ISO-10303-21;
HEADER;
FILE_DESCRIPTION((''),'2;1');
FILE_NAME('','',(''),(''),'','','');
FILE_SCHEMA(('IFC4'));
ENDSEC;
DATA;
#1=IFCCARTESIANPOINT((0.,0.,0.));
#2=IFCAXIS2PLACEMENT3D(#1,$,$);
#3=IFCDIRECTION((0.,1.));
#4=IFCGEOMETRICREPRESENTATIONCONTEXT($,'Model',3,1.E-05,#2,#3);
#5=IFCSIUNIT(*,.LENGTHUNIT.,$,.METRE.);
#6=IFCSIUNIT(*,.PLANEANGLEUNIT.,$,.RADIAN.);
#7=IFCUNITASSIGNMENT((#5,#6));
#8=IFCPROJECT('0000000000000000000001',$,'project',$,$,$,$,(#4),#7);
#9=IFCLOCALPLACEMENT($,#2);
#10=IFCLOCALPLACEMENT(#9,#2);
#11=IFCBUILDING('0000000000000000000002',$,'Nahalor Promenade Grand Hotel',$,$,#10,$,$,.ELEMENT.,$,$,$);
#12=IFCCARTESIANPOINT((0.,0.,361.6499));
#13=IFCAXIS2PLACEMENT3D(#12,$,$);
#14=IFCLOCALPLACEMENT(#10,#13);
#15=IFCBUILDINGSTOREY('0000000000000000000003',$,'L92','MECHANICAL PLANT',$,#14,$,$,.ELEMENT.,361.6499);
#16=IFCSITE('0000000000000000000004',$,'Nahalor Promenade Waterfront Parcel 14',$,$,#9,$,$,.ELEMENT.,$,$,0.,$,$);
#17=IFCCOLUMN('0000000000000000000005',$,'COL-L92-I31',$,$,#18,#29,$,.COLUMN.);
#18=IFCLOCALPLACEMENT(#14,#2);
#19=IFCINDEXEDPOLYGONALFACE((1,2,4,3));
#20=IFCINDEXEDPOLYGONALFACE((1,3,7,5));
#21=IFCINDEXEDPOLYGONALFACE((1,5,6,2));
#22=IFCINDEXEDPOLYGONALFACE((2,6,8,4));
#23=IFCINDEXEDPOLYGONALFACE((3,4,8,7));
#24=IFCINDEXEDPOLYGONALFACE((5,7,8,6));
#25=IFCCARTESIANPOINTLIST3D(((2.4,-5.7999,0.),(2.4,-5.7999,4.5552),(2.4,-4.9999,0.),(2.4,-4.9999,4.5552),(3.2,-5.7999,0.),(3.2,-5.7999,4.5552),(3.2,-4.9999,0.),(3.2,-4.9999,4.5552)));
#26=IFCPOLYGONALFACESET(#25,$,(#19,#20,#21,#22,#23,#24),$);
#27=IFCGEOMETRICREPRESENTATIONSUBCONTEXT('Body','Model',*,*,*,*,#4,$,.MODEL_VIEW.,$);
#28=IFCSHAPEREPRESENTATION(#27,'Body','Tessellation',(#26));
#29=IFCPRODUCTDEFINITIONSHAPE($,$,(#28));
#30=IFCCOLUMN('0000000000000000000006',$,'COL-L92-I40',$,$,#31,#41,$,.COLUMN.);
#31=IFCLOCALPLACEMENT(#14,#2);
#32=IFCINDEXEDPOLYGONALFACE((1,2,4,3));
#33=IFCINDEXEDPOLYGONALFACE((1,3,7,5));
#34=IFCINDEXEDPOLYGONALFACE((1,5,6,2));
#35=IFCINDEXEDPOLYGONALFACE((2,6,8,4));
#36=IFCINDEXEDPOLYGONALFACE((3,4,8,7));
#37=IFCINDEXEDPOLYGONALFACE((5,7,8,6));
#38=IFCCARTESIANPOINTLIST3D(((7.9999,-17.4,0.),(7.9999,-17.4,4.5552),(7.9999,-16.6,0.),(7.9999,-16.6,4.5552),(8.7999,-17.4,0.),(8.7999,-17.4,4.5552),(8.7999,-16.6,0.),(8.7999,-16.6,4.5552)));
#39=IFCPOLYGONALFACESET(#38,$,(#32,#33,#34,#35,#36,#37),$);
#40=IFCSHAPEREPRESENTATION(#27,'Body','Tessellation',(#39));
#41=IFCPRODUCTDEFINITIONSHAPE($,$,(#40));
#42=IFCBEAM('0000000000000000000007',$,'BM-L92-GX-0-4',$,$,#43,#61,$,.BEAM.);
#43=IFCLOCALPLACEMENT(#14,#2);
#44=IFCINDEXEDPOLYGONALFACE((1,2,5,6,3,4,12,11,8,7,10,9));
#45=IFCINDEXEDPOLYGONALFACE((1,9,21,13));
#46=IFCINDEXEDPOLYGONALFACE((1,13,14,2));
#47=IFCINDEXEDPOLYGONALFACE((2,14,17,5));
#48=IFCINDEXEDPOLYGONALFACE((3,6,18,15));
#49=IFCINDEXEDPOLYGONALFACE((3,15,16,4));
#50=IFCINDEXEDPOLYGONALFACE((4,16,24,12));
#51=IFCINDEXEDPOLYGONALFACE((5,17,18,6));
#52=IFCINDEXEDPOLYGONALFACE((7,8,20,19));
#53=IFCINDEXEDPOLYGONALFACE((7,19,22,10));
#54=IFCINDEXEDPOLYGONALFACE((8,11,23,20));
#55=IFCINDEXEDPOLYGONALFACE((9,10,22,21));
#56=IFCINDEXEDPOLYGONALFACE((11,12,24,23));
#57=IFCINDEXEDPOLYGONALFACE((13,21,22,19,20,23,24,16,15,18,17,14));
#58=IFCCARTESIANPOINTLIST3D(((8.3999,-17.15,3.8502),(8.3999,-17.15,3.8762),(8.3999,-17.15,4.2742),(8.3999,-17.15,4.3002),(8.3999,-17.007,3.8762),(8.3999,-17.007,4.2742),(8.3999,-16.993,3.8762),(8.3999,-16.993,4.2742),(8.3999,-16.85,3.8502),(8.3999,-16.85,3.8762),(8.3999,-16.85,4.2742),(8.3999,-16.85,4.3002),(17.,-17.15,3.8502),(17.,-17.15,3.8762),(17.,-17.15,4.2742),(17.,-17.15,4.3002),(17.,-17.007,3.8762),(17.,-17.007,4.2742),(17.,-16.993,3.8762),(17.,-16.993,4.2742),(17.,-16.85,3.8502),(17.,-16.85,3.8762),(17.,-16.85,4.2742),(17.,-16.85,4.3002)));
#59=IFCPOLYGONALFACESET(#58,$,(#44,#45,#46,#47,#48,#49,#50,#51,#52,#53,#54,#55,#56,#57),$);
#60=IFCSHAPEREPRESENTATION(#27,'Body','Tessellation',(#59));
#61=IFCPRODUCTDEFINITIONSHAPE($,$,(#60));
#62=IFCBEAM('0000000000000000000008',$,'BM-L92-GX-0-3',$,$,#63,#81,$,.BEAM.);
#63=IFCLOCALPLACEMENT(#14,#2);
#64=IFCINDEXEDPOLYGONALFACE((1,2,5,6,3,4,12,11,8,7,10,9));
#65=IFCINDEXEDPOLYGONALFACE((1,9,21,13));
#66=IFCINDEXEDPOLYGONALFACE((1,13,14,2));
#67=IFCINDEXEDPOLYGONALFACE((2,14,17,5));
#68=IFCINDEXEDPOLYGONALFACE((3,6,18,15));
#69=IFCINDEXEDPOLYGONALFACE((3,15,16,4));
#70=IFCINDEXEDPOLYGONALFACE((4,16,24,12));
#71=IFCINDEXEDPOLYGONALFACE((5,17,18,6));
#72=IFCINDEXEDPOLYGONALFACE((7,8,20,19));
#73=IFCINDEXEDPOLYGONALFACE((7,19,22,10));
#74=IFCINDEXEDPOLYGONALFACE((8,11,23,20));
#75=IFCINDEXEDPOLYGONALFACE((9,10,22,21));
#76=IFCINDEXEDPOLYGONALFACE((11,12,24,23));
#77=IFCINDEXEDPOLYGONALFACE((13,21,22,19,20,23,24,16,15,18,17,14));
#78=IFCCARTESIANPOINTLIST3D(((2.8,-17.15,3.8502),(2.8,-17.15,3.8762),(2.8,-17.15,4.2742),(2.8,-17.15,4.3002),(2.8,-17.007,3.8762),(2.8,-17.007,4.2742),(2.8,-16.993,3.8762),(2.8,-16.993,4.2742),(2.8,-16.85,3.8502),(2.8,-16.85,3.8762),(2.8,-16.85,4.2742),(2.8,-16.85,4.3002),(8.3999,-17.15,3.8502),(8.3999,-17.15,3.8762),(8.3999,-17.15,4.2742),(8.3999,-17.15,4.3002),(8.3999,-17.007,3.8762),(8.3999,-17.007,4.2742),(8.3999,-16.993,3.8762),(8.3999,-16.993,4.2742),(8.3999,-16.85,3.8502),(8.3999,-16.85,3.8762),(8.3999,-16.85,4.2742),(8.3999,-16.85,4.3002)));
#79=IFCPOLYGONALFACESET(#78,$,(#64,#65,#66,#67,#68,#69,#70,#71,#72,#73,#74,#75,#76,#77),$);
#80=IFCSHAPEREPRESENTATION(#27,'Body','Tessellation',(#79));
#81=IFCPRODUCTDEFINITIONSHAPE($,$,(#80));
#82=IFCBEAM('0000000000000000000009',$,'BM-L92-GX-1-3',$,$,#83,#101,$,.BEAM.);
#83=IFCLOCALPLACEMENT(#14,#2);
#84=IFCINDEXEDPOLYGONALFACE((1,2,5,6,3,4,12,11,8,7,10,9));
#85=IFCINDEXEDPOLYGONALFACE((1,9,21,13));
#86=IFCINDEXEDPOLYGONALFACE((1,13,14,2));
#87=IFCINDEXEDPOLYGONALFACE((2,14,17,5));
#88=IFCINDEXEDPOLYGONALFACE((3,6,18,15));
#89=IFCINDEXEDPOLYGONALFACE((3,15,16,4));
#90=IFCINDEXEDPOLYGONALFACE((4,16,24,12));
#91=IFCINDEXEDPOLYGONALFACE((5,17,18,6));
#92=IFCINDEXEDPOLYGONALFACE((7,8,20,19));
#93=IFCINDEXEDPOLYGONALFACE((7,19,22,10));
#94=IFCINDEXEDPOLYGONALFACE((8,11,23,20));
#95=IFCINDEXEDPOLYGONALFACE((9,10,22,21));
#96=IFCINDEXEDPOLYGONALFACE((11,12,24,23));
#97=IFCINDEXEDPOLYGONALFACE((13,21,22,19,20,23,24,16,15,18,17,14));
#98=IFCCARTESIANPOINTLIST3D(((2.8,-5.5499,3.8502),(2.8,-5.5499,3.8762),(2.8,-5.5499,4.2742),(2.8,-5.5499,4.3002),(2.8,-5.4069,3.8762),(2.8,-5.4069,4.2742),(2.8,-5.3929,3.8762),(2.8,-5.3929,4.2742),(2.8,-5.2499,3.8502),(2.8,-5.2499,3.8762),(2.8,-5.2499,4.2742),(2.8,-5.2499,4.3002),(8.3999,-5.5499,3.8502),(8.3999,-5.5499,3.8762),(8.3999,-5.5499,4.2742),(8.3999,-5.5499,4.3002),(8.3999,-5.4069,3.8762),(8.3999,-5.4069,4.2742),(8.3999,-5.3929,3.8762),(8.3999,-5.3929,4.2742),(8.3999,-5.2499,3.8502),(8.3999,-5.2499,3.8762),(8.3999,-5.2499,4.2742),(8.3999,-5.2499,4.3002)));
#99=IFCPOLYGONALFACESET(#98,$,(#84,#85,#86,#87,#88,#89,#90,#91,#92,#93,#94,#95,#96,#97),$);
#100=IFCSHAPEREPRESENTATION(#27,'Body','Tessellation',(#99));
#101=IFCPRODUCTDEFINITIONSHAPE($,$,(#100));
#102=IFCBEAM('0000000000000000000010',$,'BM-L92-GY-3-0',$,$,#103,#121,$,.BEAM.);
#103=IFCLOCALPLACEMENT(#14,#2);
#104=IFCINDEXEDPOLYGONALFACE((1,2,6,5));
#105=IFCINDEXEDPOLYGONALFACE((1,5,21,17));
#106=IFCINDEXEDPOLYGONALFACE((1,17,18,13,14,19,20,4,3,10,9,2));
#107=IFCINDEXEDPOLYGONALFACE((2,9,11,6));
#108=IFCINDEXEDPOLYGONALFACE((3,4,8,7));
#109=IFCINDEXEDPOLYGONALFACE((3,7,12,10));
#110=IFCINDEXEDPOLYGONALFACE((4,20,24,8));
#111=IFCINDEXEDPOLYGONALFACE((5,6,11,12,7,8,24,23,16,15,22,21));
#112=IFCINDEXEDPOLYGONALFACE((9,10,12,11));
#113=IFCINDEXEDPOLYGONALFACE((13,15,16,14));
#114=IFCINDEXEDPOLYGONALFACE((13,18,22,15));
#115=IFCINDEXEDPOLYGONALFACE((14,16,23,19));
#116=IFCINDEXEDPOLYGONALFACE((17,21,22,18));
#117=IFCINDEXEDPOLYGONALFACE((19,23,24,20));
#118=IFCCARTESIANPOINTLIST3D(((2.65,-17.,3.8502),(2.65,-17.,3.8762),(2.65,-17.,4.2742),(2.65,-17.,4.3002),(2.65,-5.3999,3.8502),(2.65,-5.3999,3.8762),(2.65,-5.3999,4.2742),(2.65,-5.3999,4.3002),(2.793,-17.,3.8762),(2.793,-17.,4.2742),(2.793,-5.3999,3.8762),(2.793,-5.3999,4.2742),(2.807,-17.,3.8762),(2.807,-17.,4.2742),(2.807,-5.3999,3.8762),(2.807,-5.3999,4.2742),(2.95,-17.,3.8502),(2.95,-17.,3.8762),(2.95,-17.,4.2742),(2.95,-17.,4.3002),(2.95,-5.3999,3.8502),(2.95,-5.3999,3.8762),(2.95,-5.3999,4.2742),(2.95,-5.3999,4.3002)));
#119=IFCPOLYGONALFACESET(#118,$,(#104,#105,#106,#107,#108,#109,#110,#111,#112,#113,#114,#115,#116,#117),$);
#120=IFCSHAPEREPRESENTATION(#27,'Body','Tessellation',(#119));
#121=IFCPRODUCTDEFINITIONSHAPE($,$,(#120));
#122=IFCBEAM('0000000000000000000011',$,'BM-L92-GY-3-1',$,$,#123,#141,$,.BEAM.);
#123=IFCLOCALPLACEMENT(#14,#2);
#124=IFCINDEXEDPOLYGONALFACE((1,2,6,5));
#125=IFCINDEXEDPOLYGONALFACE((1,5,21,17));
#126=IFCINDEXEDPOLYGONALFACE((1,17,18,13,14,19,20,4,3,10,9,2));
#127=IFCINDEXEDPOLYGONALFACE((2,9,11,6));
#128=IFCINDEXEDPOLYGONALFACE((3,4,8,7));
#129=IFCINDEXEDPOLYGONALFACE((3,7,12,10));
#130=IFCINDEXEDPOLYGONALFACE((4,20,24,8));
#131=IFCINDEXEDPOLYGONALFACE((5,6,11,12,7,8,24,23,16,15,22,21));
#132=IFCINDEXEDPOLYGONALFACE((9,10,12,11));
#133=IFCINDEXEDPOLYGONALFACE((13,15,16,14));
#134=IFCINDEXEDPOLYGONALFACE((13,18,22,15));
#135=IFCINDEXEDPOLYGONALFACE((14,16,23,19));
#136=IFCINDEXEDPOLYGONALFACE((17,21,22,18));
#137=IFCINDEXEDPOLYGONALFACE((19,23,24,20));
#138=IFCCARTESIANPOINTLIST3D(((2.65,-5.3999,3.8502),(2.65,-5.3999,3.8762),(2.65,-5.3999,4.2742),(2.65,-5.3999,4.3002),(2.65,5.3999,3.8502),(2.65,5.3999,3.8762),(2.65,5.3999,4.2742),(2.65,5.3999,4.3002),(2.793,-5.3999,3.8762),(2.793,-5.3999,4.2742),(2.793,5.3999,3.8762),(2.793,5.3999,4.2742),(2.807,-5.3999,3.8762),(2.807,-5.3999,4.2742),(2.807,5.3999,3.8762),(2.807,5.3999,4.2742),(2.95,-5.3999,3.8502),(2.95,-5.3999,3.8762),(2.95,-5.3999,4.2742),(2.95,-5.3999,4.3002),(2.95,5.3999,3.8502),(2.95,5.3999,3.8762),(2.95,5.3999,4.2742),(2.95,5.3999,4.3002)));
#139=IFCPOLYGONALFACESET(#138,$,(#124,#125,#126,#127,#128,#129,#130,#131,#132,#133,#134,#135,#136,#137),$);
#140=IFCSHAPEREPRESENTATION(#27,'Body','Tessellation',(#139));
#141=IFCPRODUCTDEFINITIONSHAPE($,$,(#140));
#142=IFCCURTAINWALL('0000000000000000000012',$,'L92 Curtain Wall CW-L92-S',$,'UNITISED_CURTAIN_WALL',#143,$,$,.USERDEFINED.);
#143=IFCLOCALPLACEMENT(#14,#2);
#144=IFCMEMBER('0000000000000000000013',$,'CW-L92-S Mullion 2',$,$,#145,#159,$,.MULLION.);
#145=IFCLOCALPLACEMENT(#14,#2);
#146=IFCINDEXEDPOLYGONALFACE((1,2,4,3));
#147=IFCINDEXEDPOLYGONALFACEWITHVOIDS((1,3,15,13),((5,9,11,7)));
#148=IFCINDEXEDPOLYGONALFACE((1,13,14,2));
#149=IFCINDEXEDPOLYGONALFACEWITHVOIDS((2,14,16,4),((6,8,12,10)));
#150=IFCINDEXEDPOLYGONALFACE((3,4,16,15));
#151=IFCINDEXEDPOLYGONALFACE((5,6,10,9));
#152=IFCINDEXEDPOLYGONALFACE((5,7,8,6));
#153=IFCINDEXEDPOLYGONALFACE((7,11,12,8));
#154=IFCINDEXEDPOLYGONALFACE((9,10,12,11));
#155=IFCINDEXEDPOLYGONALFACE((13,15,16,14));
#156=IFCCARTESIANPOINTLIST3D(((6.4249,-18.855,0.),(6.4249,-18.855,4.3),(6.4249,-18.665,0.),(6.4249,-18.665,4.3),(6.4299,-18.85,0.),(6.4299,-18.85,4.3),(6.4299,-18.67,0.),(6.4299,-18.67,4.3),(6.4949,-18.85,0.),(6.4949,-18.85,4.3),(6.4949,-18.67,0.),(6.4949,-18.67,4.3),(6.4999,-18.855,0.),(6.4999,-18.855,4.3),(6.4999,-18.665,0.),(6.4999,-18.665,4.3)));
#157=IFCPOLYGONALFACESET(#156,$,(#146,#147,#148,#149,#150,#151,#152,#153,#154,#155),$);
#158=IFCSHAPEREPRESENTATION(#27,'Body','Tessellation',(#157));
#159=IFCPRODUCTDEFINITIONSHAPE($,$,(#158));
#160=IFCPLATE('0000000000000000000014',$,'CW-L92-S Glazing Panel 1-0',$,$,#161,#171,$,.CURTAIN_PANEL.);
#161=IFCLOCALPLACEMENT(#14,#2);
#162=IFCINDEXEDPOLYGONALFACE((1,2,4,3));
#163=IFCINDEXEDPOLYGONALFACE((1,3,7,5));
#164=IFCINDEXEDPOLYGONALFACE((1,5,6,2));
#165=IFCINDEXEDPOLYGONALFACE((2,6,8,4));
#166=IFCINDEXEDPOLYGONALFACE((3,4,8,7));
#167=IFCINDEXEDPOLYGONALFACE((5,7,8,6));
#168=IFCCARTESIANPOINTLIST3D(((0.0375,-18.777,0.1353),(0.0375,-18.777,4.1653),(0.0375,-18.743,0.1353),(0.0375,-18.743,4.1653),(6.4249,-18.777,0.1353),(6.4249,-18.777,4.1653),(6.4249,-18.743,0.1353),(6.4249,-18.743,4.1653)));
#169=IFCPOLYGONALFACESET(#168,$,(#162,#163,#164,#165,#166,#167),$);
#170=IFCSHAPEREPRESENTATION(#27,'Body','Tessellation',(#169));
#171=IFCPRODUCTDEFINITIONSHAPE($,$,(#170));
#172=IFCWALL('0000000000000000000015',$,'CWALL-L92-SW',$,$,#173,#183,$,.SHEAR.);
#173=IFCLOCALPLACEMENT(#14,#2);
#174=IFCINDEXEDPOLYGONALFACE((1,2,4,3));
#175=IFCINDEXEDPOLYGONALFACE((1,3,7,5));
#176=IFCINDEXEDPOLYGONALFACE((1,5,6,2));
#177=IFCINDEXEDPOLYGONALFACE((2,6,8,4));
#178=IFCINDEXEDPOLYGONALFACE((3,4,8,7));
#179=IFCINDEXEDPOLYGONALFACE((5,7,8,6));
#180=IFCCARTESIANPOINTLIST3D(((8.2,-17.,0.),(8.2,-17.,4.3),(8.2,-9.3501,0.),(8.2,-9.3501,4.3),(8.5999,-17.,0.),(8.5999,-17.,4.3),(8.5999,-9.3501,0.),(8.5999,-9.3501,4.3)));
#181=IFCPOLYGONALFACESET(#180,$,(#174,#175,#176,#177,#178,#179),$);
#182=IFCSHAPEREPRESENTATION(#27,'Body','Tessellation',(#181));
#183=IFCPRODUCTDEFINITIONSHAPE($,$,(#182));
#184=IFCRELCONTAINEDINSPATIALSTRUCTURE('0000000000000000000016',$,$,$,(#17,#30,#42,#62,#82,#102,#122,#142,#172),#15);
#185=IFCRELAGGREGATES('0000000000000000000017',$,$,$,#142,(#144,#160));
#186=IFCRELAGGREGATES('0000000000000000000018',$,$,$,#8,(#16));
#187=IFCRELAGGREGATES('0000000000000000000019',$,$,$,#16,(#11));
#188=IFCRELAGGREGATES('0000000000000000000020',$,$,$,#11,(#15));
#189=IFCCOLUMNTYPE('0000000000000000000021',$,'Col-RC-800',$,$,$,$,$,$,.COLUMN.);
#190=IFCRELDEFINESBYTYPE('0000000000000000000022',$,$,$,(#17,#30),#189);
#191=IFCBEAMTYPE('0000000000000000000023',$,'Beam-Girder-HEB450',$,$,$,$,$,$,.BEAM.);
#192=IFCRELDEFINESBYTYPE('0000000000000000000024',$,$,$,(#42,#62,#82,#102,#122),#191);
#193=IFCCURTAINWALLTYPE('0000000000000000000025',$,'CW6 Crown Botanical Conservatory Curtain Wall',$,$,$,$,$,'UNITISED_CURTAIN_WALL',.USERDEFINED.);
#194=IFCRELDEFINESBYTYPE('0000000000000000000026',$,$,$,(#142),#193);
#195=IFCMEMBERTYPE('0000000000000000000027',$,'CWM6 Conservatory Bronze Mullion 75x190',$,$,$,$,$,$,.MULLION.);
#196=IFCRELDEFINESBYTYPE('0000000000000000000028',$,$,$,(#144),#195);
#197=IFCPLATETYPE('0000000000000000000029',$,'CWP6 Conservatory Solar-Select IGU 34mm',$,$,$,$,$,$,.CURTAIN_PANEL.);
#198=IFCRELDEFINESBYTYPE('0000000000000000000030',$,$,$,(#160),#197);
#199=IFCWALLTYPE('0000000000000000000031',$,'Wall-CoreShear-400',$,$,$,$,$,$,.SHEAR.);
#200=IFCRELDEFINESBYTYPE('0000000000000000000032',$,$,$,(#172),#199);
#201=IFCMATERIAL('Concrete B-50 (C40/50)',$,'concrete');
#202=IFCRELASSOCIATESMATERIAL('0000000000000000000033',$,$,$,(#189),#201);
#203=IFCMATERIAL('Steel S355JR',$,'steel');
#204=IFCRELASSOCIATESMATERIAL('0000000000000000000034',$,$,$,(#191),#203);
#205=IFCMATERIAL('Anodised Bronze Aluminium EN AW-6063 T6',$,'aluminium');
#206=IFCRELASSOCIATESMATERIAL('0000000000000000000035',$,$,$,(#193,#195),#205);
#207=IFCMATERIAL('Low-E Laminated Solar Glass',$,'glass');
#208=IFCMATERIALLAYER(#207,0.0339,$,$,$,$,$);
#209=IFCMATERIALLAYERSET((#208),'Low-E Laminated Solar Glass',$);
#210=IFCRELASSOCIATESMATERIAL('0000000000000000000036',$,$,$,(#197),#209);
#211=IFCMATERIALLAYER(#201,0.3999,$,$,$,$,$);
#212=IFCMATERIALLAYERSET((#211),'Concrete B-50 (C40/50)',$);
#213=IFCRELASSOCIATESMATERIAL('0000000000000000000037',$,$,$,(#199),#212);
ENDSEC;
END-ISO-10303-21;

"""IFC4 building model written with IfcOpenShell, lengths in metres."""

from ifc_helpers import new_model, si_unit, direction, frame, frame_2d, origin, origin_2d, place, context, subcontext, project, spatial, rectangle, hollow_rectangle, i_section, extrude, source, transform, mapped, material, layer, layer_set, material_profile, profile_set, type_object, element, aggregate, save


model = new_model("IFC4")

# Units and contexts
model_context = context("Model", 3, precision=1e-05, world=origin(), true_north=direction((0.0, 1.0)))
body_context = subcontext(model_context, "Body", "Model", "MODEL_VIEW")
ifc_project = project(units=[si_unit("LENGTHUNIT", "METRE"), si_unit("PLANEANGLEUNIT", "RADIAN")], contexts=[model_context])

# Site, building, storey
site_placement = place(None, origin())
site = spatial("IfcSite", under=ifc_project, at=site_placement, Name="Nahalor Promenade Waterfront Parcel 14", CompositionType="ELEMENT", RefElevation=0.0)
building_placement = place(site_placement, origin())
building = spatial("IfcBuilding", under=site, at=building_placement, Name="Nahalor Promenade Grand Hotel", CompositionType="ELEMENT")
storey_placement = place(building_placement, frame((0.0, 0.0, 361.6499)))
storey = spatial("IfcBuildingStorey", under=building, at=storey_placement, Name="L92", Description="MECHANICAL PLANT", CompositionType="ELEMENT", Elevation=361.6499)

# Columns
ifc_material_1 = material(Name="Concrete B-50 (C40/50)", Category="concrete")
ifc_material_profile_1 = material_profile(ifc_material_1, rectangle(XDim=0.8, YDim=0.8, at=origin_2d()), Name="RC 800x800")
ifc_profile_set_1 = profile_set([ifc_material_profile_1], Name="Concrete B-50 (C40/50)")
column_type = type_object("IfcColumnType", Name="Col-RC-800", PredefinedType="COLUMN", material=ifc_profile_set_1)
shared_shape_1 = source(origin(), body_context, "Body", "SweptSolid", [
    extrude(rectangle(XDim=0.8, YDim=0.8, at=origin_2d()), origin(), (0.0, 0.0, 1.0), 4.5552),
])
for number, where, z_axis, x_axis, name in (
    (1, (2.8, -5.3999, 0.0), (0.0, 0.0, 1.0), (1.0, 0.0, 0.0), "COL-L92-I31"),
    (2, (8.3999, -17.0, 0.0), (0.0, 0.0, 1.0), (1.0, 0.0, 0.0), "COL-L92-I40"),
):
    element("IfcColumn", number, at=place(storey_placement, frame(where, z_axis=z_axis, x_axis=x_axis)), inside=storey, type_object=column_type, Name=name, PredefinedType="COLUMN", context=body_context, shape_type="MappedRepresentation", body=[
        mapped(shared_shape_1, transform((0.0, 0.0, 0.0), scale=1.0)),
    ])

# Beams
ifc_material_2 = material(Name="Steel S355JR", Category="steel")
ifc_material_profile_2 = material_profile(ifc_material_2, i_section(OverallWidth=0.3, OverallDepth=0.45, WebThickness=0.014, FlangeThickness=0.026, at=origin_2d()), Name="HEB 450")
ifc_profile_set_2 = profile_set([ifc_material_profile_2], Name="Steel S355JR")
beam_type = type_object("IfcBeamType", Name="Beam-Girder-HEB450", PredefinedType="BEAM", material=ifc_profile_set_2)
shared_shape_2 = source(origin(), body_context, "Body", "SweptSolid", [
    extrude(i_section(OverallWidth=0.3, OverallDepth=0.45, WebThickness=0.014, FlangeThickness=0.026, at=origin_2d()), origin(), (0.0, 0.0, 1.0), 8.6001),
])
beam_1_placement = place(storey_placement, frame((8.3999, -17.0, 4.0752), z_axis=(1.0, 0.0, 0.0), x_axis=(0.0, 1.0, 0.0)))
element("IfcBeam", 3, at=beam_1_placement, inside=storey, type_object=beam_type, Name="BM-L92-GX-0-4", PredefinedType="BEAM", context=body_context, shape_type="MappedRepresentation", body=[
    mapped(shared_shape_2, transform((0.0, 0.0, 0.0), scale=1.0)),
])
shared_shape_3 = source(origin(), body_context, "Body", "SweptSolid", [
    extrude(i_section(OverallWidth=0.3, OverallDepth=0.45, WebThickness=0.014, FlangeThickness=0.026, at=origin_2d()), origin(), (0.0, 0.0, 1.0), 5.5999),
])
for number, where, z_axis, x_axis, name in (
    (4, (2.8, -17.0, 4.0752), (1.0, 0.0, 0.0), (0.0, 1.0, 0.0), "BM-L92-GX-0-3"),
    (5, (2.8, -5.3999, 4.0752), (1.0, 0.0, 0.0), (0.0, 1.0, 0.0), "BM-L92-GX-1-3"),
):
    element("IfcBeam", number, at=place(storey_placement, frame(where, z_axis=z_axis, x_axis=x_axis)), inside=storey, type_object=beam_type, Name=name, PredefinedType="BEAM", context=body_context, shape_type="MappedRepresentation", body=[
        mapped(shared_shape_3, transform((0.0, 0.0, 0.0), scale=1.0)),
    ])
shared_shape_4 = source(origin(), body_context, "Body", "SweptSolid", [
    extrude(i_section(OverallWidth=0.3, OverallDepth=0.45, WebThickness=0.014, FlangeThickness=0.026, at=origin_2d()), origin(), (0.0, 0.0, 1.0), 11.6001),
])
beam_2_placement = place(storey_placement, frame((2.8, -17.0, 4.0752), z_axis=(0.0, 1.0, 0.0), x_axis=(-1.0, 0.0, 0.0)))
element("IfcBeam", 6, at=beam_2_placement, inside=storey, type_object=beam_type, Name="BM-L92-GY-3-0", PredefinedType="BEAM", context=body_context, shape_type="MappedRepresentation", body=[
    mapped(shared_shape_4, transform((0.0, 0.0, 0.0), scale=1.0)),
])
shared_shape_5 = source(origin(), body_context, "Body", "SweptSolid", [
    extrude(i_section(OverallWidth=0.3, OverallDepth=0.45, WebThickness=0.014, FlangeThickness=0.026, at=origin_2d()), origin(), (0.0, 0.0, 1.0), 10.7998),
])
beam_3_placement = place(storey_placement, frame((2.8, -5.3999, 4.0752), z_axis=(0.0, 1.0, 0.0), x_axis=(-1.0, 0.0, 0.0)))
element("IfcBeam", 7, at=beam_3_placement, inside=storey, type_object=beam_type, Name="BM-L92-GY-3-1", PredefinedType="BEAM", context=body_context, shape_type="MappedRepresentation", body=[
    mapped(shared_shape_5, transform((0.0, 0.0, 0.0), scale=1.0)),
])

# Curtain wall, member, plate
ifc_material_3 = material(Name="Anodised Bronze Aluminium EN AW-6063 T6", Category="aluminium")
curtain_wall_type = type_object("IfcCurtainWallType", Name="CW6 Crown Botanical Conservatory Curtain Wall", ElementType="UNITISED_CURTAIN_WALL", PredefinedType="USERDEFINED", material=ifc_material_3)
curtain_wall_placement = place(storey_placement, origin())
curtain_wall = element("IfcCurtainWall", 8, at=curtain_wall_placement, inside=storey, type_object=curtain_wall_type, Name="L92 Curtain Wall CW-L92-S", ObjectType="UNITISED_CURTAIN_WALL", PredefinedType="USERDEFINED")
ifc_material_profile_3 = material_profile(ifc_material_3, hollow_rectangle(XDim=0.075, YDim=0.19, WallThickness=0.005, at=origin_2d()), Name="CWM 75x190x5")
ifc_profile_set_3 = profile_set([ifc_material_profile_3], Name="Anodised Bronze Aluminium EN AW-6063 T6")
member_type = type_object("IfcMemberType", Name="CWM6 Conservatory Bronze Mullion 75x190", PredefinedType="MULLION", material=ifc_profile_set_3)
shared_shape_6 = source(origin(), body_context, "Body", "SweptSolid", [
    extrude(hollow_rectangle(XDim=0.075, YDim=0.19, WallThickness=0.005, at=origin_2d()), origin(), (0.0, 0.0, 1.0), 4.3),
])
member_placement = place(storey_placement, frame((6.4624, -18.76, 0.0), z_axis=(0.0, 0.0, 1.0), x_axis=(1.0, 0.0, 0.0)))
member = element("IfcMember", 9, at=member_placement, type_object=member_type, Name="CW-L92-S Mullion 2", PredefinedType="MULLION", context=body_context, shape_type="MappedRepresentation", body=[
    mapped(shared_shape_6, transform((0.0, 0.0, 0.0), scale=1.0)),
])
ifc_material_4 = material(Name="Low-E Laminated Solar Glass", Category="glass")
ifc_layer_1 = layer(ifc_material_4, 0.0339)
ifc_layer_set_1 = layer_set([ifc_layer_1], Name="Low-E Laminated Solar Glass")
plate_type = type_object("IfcPlateType", Name="CWP6 Conservatory Solar-Select IGU 34mm", PredefinedType="CURTAIN_PANEL", material=ifc_layer_set_1)
shared_shape_7 = source(origin(), body_context, "Body", "SweptSolid", [
    extrude(rectangle(XDim=6.3875, YDim=0.0339, at=origin_2d()), origin(), (0.0, 0.0, 1.0), 4.03),
])
plate_placement = place(storey_placement, frame((3.2312, -18.76, 0.1353), z_axis=(0.0, 0.0, 1.0), x_axis=(1.0, 0.0, 0.0)))
plate = element("IfcPlate", 10, at=plate_placement, type_object=plate_type, Name="CW-L92-S Glazing Panel 1-0", PredefinedType="CURTAIN_PANEL", context=body_context, shape_type="MappedRepresentation", body=[
    mapped(shared_shape_7, transform((0.0, 0.0, 0.0), scale=1.0)),
])
aggregate(curtain_wall, [member, plate])

# Wall
ifc_layer_2 = layer(ifc_material_1, 0.3999)
ifc_layer_set_2 = layer_set([ifc_layer_2], Name="Concrete B-50 (C40/50)")
wall_type_1 = type_object("IfcWallType", Name="Wall-CoreShear-400", PredefinedType="SHEAR", material=ifc_layer_set_2)
shared_shape_8 = source(origin(), body_context, "Body", "SweptSolid", [
    extrude(rectangle(XDim=7.6499, YDim=0.3999, at=frame_2d((3.825, 0.0))), origin(), (0.0, 0.0, 1.0), 4.3),
])
wall_1_placement = place(storey_placement, frame((8.3999, -17.0, 0.0), z_axis=(0.0, 0.0, 1.0), x_axis=(0.0, 1.0, 0.0)))
element("IfcWall", 11, at=wall_1_placement, inside=storey, type_object=wall_type_1, Name="CWALL-L92-SW", PredefinedType="SHEAR", context=body_context, shape_type="MappedRepresentation", body=[
    mapped(shared_shape_8, transform((0.0, 0.0, 0.0), scale=1.0)),
])

save(model, "model.ifc")
